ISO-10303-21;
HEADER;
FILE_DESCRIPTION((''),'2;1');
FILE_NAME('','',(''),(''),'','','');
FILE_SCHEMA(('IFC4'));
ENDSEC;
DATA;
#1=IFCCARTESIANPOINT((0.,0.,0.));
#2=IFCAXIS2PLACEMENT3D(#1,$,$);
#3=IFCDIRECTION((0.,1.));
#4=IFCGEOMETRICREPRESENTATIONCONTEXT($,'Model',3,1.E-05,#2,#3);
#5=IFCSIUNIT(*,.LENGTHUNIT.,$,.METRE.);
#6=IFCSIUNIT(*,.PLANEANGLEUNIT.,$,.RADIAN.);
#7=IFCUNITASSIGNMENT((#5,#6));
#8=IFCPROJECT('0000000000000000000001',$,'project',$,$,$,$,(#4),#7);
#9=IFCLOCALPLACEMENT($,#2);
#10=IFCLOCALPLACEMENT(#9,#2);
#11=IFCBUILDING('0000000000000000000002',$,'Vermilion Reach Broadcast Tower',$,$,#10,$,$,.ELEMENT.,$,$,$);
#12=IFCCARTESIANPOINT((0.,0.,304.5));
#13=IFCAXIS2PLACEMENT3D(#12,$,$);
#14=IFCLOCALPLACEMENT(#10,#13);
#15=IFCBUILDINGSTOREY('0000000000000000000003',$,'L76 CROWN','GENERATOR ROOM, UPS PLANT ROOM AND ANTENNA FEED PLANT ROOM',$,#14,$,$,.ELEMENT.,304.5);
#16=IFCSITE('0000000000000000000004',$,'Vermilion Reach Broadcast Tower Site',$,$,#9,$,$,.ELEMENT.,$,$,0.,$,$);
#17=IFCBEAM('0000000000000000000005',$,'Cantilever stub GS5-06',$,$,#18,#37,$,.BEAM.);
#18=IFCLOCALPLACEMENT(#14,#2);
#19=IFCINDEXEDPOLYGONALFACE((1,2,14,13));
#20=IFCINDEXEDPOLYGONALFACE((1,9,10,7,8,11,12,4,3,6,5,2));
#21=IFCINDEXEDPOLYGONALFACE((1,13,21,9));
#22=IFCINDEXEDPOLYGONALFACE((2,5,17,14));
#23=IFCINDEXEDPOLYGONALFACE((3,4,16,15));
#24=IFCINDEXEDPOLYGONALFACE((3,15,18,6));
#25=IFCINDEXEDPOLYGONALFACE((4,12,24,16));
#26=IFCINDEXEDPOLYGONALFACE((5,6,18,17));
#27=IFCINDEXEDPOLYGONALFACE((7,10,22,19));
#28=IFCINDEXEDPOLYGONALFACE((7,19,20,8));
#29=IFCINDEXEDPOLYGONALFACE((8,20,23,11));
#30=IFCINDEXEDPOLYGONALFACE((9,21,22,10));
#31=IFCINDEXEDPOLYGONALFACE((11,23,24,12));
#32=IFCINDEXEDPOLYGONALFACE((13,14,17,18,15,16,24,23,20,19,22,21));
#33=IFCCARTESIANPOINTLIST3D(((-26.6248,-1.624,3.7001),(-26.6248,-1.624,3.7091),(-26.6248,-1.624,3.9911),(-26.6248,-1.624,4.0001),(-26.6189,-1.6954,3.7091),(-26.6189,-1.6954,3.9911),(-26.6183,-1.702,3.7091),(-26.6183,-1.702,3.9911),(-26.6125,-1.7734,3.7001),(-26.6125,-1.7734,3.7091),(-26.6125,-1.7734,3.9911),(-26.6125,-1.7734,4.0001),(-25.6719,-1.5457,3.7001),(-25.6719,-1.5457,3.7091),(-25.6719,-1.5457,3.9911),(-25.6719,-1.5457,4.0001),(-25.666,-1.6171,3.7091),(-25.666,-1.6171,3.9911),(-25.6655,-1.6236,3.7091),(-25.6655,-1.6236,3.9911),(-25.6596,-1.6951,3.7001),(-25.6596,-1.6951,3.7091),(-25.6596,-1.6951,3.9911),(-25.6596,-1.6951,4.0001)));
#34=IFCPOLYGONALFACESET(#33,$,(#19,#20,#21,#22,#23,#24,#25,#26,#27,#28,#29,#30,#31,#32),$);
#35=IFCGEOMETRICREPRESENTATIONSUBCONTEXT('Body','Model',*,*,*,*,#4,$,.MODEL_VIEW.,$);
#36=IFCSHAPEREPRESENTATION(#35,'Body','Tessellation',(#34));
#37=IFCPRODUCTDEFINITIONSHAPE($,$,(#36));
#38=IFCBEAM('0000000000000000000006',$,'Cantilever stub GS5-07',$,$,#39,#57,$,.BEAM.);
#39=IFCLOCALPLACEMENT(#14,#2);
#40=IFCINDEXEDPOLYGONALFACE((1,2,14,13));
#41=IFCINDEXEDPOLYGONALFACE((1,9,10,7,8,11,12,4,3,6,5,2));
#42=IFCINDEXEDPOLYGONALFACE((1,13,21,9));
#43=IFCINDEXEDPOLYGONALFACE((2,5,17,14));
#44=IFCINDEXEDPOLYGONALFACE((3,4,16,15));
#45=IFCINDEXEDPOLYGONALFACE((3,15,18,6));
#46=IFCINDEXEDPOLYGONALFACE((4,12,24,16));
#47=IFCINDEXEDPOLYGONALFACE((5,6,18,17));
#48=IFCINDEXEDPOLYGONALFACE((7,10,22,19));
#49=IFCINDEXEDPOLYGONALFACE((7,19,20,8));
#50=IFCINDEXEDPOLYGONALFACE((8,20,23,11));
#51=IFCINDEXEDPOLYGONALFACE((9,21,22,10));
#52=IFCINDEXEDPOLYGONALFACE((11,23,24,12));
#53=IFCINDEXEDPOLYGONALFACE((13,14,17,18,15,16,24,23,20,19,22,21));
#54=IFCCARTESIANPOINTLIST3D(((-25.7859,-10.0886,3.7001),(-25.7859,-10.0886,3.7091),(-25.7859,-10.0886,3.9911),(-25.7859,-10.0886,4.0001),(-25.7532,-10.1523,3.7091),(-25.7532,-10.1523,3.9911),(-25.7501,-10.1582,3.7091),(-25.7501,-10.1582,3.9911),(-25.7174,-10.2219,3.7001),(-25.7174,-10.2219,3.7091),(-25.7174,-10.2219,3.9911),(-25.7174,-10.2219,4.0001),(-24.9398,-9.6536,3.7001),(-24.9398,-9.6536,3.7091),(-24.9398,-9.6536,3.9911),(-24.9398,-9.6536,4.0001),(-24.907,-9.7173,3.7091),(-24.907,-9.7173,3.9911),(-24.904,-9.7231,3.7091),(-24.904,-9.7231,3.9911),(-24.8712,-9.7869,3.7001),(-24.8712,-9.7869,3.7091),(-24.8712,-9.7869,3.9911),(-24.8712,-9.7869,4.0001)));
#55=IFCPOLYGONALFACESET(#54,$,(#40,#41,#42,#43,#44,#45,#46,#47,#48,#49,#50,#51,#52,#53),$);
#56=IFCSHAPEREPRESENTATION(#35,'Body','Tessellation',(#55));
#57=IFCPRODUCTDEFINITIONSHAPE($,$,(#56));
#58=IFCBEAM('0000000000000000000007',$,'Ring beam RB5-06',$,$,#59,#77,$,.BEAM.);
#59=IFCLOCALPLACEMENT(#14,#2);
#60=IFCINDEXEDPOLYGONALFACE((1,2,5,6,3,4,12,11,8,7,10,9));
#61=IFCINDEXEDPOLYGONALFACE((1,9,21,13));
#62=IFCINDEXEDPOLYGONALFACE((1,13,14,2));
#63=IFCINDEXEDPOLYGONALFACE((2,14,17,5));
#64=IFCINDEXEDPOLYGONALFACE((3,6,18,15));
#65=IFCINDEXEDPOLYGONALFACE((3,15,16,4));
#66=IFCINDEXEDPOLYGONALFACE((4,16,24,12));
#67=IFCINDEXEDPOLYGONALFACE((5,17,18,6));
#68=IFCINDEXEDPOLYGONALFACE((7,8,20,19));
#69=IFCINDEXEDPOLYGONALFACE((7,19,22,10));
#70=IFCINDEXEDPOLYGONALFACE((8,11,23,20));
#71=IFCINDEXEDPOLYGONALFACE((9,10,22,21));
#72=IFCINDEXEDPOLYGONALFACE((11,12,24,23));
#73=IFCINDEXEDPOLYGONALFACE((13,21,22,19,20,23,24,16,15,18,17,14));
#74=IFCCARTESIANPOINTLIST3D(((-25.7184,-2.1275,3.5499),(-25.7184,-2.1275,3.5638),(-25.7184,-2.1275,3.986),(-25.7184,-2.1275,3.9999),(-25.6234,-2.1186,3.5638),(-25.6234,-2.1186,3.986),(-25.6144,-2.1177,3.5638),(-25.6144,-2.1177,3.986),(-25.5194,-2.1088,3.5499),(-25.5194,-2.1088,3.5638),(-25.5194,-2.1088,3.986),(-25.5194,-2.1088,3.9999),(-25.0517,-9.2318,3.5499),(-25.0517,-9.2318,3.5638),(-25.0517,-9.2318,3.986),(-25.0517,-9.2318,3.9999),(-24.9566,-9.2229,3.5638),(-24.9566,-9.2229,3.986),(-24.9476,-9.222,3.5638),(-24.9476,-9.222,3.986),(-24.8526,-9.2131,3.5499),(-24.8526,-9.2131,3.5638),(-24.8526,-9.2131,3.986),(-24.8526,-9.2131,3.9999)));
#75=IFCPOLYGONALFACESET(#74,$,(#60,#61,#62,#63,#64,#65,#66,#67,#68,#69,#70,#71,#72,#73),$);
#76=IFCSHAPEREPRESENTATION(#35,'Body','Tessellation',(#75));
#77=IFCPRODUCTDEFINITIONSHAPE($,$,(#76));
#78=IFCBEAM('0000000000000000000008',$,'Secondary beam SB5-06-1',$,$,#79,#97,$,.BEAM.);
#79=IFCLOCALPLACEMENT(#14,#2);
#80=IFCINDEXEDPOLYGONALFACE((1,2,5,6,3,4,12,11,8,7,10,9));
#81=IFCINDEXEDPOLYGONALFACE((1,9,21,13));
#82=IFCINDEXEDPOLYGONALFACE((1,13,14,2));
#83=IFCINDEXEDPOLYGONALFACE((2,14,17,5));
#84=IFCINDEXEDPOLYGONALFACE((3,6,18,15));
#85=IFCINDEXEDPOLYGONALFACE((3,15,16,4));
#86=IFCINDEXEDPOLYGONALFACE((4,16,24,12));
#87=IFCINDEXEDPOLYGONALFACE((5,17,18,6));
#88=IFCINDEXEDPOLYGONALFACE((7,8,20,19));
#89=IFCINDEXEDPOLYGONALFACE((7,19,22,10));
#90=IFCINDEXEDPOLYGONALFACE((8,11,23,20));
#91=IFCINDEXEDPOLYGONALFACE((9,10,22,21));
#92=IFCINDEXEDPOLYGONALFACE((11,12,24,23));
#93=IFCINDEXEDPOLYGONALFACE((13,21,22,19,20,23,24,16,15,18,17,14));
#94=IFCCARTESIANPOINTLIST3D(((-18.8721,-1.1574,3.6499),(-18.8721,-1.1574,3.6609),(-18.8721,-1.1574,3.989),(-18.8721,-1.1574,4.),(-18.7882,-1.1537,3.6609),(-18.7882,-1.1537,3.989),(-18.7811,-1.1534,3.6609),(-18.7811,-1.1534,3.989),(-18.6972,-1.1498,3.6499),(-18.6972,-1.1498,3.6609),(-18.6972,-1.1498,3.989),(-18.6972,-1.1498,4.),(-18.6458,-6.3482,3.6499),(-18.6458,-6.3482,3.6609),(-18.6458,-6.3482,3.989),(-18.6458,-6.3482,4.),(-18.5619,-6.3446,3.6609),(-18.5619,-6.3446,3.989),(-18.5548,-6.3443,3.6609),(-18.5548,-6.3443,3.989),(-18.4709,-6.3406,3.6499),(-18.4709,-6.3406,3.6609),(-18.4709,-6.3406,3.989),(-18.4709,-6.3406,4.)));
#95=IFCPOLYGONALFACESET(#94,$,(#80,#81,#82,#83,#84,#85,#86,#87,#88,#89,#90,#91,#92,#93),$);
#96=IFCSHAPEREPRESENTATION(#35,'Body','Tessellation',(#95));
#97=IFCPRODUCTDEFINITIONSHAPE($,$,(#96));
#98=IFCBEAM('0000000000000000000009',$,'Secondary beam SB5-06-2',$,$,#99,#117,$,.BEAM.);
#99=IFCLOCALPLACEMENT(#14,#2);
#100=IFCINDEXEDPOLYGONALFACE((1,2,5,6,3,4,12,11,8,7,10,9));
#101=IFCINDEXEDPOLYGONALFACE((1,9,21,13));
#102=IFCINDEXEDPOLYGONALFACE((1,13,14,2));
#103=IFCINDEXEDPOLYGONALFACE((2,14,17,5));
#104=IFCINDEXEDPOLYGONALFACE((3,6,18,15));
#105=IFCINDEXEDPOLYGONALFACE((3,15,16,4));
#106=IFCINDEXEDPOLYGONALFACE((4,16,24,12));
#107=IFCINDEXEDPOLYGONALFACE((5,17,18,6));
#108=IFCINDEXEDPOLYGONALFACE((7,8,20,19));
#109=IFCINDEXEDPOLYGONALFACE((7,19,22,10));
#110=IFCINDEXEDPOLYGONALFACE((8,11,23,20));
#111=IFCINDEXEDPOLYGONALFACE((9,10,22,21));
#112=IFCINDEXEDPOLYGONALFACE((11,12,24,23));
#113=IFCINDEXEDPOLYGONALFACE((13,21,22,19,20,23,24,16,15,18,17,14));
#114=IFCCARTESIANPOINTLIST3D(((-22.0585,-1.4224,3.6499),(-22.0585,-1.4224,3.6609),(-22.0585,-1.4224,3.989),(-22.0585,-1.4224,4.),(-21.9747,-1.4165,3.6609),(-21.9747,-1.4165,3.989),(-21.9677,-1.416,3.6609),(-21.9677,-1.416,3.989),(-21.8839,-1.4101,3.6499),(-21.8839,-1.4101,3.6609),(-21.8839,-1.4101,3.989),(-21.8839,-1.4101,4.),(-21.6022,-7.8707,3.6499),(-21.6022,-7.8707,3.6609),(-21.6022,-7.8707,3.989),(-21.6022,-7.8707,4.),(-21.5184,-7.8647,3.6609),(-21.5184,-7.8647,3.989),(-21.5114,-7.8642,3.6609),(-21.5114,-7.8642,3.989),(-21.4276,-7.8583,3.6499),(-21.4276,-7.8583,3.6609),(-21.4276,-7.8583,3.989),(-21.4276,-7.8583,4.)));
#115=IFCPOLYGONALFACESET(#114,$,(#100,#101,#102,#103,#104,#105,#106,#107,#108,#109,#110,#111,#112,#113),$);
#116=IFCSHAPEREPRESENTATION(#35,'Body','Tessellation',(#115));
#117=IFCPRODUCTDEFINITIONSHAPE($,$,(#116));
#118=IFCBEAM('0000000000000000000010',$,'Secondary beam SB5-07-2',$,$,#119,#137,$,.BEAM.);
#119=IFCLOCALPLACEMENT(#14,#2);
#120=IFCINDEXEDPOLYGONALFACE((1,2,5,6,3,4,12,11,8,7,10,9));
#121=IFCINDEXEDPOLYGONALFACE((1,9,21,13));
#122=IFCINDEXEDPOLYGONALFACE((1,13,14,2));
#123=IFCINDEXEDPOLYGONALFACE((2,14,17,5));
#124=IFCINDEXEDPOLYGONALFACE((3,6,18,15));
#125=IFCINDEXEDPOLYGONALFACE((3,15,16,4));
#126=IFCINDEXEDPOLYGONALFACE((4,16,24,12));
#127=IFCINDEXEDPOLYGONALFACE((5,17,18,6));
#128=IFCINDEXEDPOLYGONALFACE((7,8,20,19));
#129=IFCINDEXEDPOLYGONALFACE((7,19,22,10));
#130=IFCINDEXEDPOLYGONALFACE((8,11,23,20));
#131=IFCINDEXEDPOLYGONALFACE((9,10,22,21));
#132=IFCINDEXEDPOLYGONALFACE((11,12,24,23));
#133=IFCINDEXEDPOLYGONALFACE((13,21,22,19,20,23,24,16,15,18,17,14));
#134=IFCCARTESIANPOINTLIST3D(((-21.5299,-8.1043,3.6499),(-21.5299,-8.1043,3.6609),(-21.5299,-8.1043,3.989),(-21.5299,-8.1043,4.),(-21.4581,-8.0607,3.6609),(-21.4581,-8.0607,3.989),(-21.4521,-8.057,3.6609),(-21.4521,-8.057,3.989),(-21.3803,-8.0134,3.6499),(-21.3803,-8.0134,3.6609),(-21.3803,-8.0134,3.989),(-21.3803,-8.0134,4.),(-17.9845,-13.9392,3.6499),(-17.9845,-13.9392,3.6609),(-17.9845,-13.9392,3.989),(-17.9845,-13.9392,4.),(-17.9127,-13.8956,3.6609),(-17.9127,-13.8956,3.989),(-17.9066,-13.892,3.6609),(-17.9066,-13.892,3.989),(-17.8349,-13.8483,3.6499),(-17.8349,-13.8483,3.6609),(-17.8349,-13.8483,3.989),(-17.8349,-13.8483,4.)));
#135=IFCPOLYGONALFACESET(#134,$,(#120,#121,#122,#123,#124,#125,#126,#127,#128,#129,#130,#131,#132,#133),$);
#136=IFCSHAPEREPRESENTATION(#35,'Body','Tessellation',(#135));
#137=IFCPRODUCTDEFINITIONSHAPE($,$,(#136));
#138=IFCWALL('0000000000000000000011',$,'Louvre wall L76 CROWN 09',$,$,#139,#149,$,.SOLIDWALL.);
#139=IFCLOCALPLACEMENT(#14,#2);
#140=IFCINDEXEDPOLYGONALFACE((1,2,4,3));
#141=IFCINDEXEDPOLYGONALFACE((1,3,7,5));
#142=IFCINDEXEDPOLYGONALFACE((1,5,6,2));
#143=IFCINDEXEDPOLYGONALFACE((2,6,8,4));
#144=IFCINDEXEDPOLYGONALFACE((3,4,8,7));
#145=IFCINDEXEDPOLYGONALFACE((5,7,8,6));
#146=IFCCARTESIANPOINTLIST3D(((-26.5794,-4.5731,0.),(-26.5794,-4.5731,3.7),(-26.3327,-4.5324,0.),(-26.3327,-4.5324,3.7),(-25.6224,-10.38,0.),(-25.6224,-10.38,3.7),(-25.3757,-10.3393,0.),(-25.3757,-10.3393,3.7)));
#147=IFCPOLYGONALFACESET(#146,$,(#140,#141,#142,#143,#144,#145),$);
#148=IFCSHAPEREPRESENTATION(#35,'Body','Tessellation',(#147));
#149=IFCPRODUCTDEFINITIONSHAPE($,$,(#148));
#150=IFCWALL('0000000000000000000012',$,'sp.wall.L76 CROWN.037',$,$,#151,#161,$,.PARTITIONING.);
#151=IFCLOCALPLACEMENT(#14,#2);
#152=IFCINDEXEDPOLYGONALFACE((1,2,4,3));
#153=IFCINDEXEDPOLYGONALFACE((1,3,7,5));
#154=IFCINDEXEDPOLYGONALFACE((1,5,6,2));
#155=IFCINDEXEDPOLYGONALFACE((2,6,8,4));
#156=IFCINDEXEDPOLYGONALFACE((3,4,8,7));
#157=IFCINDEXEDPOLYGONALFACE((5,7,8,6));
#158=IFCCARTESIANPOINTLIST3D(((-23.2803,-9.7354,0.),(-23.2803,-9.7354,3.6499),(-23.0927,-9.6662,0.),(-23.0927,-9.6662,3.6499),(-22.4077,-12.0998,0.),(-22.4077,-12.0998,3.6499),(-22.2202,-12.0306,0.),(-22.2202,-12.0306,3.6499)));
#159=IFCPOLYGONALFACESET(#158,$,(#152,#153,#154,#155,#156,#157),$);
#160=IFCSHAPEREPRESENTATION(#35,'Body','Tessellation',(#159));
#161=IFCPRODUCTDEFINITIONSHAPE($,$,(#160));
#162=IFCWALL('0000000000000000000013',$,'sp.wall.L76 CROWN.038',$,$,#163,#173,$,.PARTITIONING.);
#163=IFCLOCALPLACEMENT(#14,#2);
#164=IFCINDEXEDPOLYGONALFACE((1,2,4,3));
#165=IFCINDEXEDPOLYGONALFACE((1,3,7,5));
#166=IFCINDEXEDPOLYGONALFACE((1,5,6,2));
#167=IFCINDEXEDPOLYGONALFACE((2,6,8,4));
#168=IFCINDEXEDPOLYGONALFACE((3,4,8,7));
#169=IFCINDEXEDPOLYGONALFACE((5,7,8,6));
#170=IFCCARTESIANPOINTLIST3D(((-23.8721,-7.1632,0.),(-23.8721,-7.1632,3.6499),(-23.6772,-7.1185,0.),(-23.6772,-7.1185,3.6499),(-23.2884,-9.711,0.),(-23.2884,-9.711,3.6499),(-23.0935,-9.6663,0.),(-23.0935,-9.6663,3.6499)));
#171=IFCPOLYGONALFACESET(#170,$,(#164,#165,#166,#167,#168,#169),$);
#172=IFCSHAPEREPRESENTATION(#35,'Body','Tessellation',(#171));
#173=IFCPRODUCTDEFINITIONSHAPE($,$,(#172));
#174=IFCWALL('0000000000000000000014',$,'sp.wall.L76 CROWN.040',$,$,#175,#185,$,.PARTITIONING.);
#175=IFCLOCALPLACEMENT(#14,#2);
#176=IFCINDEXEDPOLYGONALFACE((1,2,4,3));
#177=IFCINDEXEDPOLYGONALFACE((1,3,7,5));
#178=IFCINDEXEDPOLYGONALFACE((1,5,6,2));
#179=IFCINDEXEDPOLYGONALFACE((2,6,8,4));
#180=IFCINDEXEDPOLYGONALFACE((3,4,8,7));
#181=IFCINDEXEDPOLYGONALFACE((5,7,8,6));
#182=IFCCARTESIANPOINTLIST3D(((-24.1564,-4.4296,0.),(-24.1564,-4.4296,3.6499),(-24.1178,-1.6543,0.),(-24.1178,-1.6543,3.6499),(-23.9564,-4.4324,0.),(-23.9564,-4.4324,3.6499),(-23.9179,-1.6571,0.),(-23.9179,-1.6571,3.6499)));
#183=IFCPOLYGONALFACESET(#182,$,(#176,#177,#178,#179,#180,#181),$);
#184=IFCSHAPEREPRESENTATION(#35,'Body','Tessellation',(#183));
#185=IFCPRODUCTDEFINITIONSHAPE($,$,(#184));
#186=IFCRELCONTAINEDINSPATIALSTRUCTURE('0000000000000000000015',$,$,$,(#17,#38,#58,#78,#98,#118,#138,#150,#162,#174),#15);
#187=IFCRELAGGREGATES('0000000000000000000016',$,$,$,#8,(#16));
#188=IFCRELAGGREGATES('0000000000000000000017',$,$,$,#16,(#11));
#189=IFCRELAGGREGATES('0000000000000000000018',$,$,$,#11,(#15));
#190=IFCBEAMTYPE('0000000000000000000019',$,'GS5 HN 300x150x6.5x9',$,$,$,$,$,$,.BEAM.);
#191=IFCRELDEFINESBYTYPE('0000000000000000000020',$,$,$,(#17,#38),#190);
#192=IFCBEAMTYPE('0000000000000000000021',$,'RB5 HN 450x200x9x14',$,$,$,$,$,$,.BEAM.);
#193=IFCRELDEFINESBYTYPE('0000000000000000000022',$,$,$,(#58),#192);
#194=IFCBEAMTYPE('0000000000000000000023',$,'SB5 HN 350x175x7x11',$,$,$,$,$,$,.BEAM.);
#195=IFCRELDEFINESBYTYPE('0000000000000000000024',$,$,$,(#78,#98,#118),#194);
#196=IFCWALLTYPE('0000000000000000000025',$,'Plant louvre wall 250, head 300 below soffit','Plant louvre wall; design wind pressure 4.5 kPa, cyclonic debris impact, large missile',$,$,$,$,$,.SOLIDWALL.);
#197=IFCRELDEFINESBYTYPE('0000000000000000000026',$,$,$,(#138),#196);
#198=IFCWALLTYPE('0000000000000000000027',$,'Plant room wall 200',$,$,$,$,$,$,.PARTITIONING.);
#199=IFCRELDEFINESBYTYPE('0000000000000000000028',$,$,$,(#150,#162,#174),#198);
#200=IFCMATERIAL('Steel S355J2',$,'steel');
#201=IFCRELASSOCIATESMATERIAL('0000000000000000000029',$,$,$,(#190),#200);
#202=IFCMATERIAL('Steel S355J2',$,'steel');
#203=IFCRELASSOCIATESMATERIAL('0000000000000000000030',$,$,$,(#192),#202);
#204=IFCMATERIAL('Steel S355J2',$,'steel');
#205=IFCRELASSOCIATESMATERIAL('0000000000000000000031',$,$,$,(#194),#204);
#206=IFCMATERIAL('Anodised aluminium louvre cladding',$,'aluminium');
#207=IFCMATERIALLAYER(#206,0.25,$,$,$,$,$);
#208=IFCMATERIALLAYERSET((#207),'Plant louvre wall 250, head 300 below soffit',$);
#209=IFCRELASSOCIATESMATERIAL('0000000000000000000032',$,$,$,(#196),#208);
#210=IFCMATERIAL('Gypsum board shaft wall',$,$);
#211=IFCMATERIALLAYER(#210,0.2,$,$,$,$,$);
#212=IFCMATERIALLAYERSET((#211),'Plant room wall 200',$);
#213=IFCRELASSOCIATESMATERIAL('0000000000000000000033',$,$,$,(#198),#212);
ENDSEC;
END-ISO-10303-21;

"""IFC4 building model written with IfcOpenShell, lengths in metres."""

from ifc_helpers import new_model, si_unit, direction, frame, frame_2d, origin, origin_2d, place, context, subcontext, project, spatial, rectangle, i_section, extrude, material, layer, layer_set, material_profile, profile_set, type_object, element, save


model = new_model("IFC4")

# Units and contexts
model_context = context("Model", 3, precision=1e-05, world=origin(), true_north=direction((0.0, 1.0)))
body_context = subcontext(model_context, "Body", "Model", "MODEL_VIEW")
ifc_project = project(units=[si_unit("LENGTHUNIT", "METRE"), si_unit("PLANEANGLEUNIT", "RADIAN")], contexts=[model_context])

# Site, building, storey
site_placement = place(None, origin())
site = spatial("IfcSite", under=ifc_project, at=site_placement, Name="Vermilion Reach Broadcast Tower Site", CompositionType="ELEMENT", RefElevation=0.0)
building_placement = place(site_placement, origin())
building = spatial("IfcBuilding", under=site, at=building_placement, Name="Vermilion Reach Broadcast Tower", CompositionType="ELEMENT")
storey_placement = place(building_placement, frame((0.0, 0.0, 304.5)))
storey = spatial("IfcBuildingStorey", under=building, at=storey_placement, Name="L76 CROWN", Description="GENERATOR ROOM, UPS PLANT ROOM AND ANTENNA FEED PLANT ROOM", CompositionType="ELEMENT", Elevation=304.5)

# Beams
ifc_material_1 = material(Name="Steel S355J2", Category="steel")
ifc_material_profile_1 = material_profile(ifc_material_1, i_section(OverallWidth=0.1499, OverallDepth=0.3, WebThickness=0.0066, FlangeThickness=0.009, at=origin_2d()), Name="S355J2 HN 300x150x6.5x9")
ifc_profile_set_1 = profile_set([ifc_material_profile_1], Name="Steel S355J2")
beam_type_1 = type_object("IfcBeamType", Name="GS5 HN 300x150x6.5x9", PredefinedType="BEAM", material=ifc_profile_set_1)
beam_1_placement = place(storey_placement, frame((-25.6658, -1.6204, 3.8501), z_axis=(-0.996635, -0.081968, 0.0), x_axis=(0.081968, -0.996635, 0.0)))
element("IfcBeam", 1, at=beam_1_placement, inside=storey, type_object=beam_type_1, Name="Cantilever stub GS5-06", PredefinedType="BEAM", context=body_context, shape_type="SweptSolid", body=[
    extrude(i_section(OverallWidth=0.1499, OverallDepth=0.3, WebThickness=0.0066, FlangeThickness=0.009, at=origin_2d()), origin(), (0.0, 0.0, 1.0), 0.9561),
])
beam_2_placement = place(storey_placement, frame((-24.9055, -9.7202, 3.8501), z_axis=(-0.889341, -0.457244, 0.0), x_axis=(0.457244, -0.889341, 0.0)))
element("IfcBeam", 2, at=beam_2_placement, inside=storey, type_object=beam_type_1, Name="Cantilever stub GS5-07", PredefinedType="BEAM", context=body_context, shape_type="SweptSolid", body=[
    extrude(i_section(OverallWidth=0.1499, OverallDepth=0.3, WebThickness=0.0066, FlangeThickness=0.009, at=origin_2d()), origin(), (0.0, 0.0, 1.0), 0.9514),
])
ifc_material_2 = material(Name="Steel S355J2", Category="steel")
ifc_material_profile_2 = material_profile(ifc_material_2, i_section(OverallWidth=0.2, OverallDepth=0.45, WebThickness=0.009, FlangeThickness=0.0139, at=origin_2d()), Name="S355J2 HN 450x200x9x14")
ifc_profile_set_2 = profile_set([ifc_material_profile_2], Name="Steel S355J2")
beam_type_2 = type_object("IfcBeamType", Name="RB5 HN 450x200x9x14", PredefinedType="BEAM", material=ifc_profile_set_2)
beam_3_placement = place(storey_placement, frame((-25.6189, -2.1182, 3.7749), z_axis=(0.093441, -0.995625, 0.0), x_axis=(0.995625, 0.093441, 0.0)))
element("IfcBeam", 3, at=beam_3_placement, inside=storey, type_object=beam_type_2, Name="Ring beam RB5-06", PredefinedType="BEAM", context=body_context, shape_type="SweptSolid", body=[
    extrude(i_section(OverallWidth=0.2, OverallDepth=0.45, WebThickness=0.009, FlangeThickness=0.0139, at=origin_2d()), origin(), (0.0, 0.0, 1.0), 7.1355),
])
ifc_material_3 = material(Name="Steel S355J2", Category="steel")
ifc_material_profile_3 = material_profile(ifc_material_3, i_section(OverallWidth=0.175, OverallDepth=0.3501, WebThickness=0.0071, FlangeThickness=0.011, at=origin_2d()), Name="S355J2 HN 350x175x7x11")
ifc_profile_set_3 = profile_set([ifc_material_profile_3], Name="Steel S355J2")
beam_type_3 = type_object("IfcBeamType", Name="SB5 HN 350x175x7x11", PredefinedType="BEAM", material=ifc_profile_set_3)
beam_4_placement = place(storey_placement, frame((-18.7847, -1.1536, 3.825), z_axis=(0.043558, -0.999051, 0.0), x_axis=(0.999051, 0.043558, 0.0)))
element("IfcBeam", 4, at=beam_4_placement, inside=storey, type_object=beam_type_3, Name="Secondary beam SB5-06-1", PredefinedType="BEAM", context=body_context, shape_type="SweptSolid", body=[
    extrude(i_section(OverallWidth=0.175, OverallDepth=0.3501, WebThickness=0.0071, FlangeThickness=0.011, at=origin_2d()), origin(), (0.0, 0.0, 1.0), 5.1958),
])
beam_5_placement = place(storey_placement, frame((-21.9712, -1.4163, 3.825), z_axis=(0.070587, -0.997506, 0.0), x_axis=(0.997506, 0.070587, 0.0)))
element("IfcBeam", 5, at=beam_5_placement, inside=storey, type_object=beam_type_3, Name="Secondary beam SB5-06-2", PredefinedType="BEAM", context=body_context, shape_type="SweptSolid", body=[
    extrude(i_section(OverallWidth=0.175, OverallDepth=0.3501, WebThickness=0.0071, FlangeThickness=0.011, at=origin_2d()), origin(), (0.0, 0.0, 1.0), 6.4644),
])
beam_6_placement = place(storey_placement, frame((-21.4551, -8.0588, 3.825), z_axis=(0.519273, -0.854608, 0.0), x_axis=(0.854608, 0.519273, 0.0)))
element("IfcBeam", 6, at=beam_6_placement, inside=storey, type_object=beam_type_3, Name="Secondary beam SB5-07-2", PredefinedType="BEAM", context=body_context, shape_type="SweptSolid", body=[
    extrude(i_section(OverallWidth=0.175, OverallDepth=0.3501, WebThickness=0.0071, FlangeThickness=0.011, at=origin_2d()), origin(), (0.0, 0.0, 1.0), 6.8276),
])

# Walls
ifc_material_4 = material(Name="Anodised aluminium louvre cladding", Category="aluminium")
ifc_layer_1 = layer(ifc_material_4, 0.25)
ifc_layer_set_1 = layer_set([ifc_layer_1], Name="Plant louvre wall 250, head 300 below soffit")
wall_type_1 = type_object("IfcWallType", Name="Plant louvre wall 250, head 300 below soffit", Description="Plant louvre wall; design wind pressure 4.5 kPa, cyclonic debris impact, large missile", PredefinedType="SOLIDWALL", material=ifc_layer_set_1)
wall_1_placement = place(storey_placement, frame((-26.4561, -4.5527, 0.0), z_axis=(0.0, 0.0, 1.0), x_axis=(0.162616, -0.986689, 0.0)))
element("IfcWall", 7, at=wall_1_placement, inside=storey, type_object=wall_type_1, Name="Louvre wall L76 CROWN 09", PredefinedType="SOLIDWALL", context=body_context, shape_type="SweptSolid", body=[
    extrude(rectangle(XDim=5.8853, YDim=0.25, at=frame_2d((2.9426, 0.0))), origin(), (0.0, 0.0, 1.0), 3.7),
])
ifc_material_5 = material(Name="Gypsum board shaft wall")
ifc_layer_2 = layer(ifc_material_5, 0.2)
ifc_layer_set_2 = layer_set([ifc_layer_2], Name="Plant room wall 200")
wall_type_2 = type_object("IfcWallType", Name="Plant room wall 200", PredefinedType="PARTITIONING", material=ifc_layer_set_2)
wall_2_placement = place(storey_placement, frame((-23.1865, -9.7007, 0.0), z_axis=(0.0, 0.0, 1.0), x_axis=(0.346204, -0.938159, 0.0)))
element("IfcWall", 8, at=wall_2_placement, inside=storey, type_object=wall_type_2, Name="sp.wall.L76 CROWN.037", PredefinedType="PARTITIONING", context=body_context, shape_type="SweptSolid", body=[
    extrude(rectangle(XDim=2.5203, YDim=0.2, at=frame_2d((1.2603, 0.0))), origin(), (0.0, 0.0, 1.0), 3.6499),
])
wall_3_placement = place(storey_placement, frame((-23.7747, -7.1409, 0.0), z_axis=(0.0, 0.0, 1.0), x_axis=(0.223324, -0.974744, 0.0)))
element("IfcWall", 9, at=wall_3_placement, inside=storey, type_object=wall_type_2, Name="sp.wall.L76 CROWN.038", PredefinedType="PARTITIONING", context=body_context, shape_type="SweptSolid", body=[
    extrude(rectangle(XDim=2.6138, YDim=0.2, at=frame_2d((1.3069, 0.0))), origin(), (0.0, 0.0, 1.0), 3.6499),
])

# Wall
wall_4_placement = place(storey_placement, frame((-24.0564, -4.4309, 0.0), z_axis=(0.0, 0.0, 1.0), x_axis=(0.013897, 0.999903, 0.0)))
element("IfcWall", 10, at=wall_4_placement, inside=storey, type_object=wall_type_2, Name="sp.wall.L76 CROWN.040", PredefinedType="PARTITIONING", context=body_context, shape_type="SweptSolid", body=[
    extrude(rectangle(XDim=2.7756, YDim=0.2, at=frame_2d((1.3877, 0.0))), origin(), (0.0, 0.0, 1.0), 3.6499),
])

save(model, "model.ifc")
